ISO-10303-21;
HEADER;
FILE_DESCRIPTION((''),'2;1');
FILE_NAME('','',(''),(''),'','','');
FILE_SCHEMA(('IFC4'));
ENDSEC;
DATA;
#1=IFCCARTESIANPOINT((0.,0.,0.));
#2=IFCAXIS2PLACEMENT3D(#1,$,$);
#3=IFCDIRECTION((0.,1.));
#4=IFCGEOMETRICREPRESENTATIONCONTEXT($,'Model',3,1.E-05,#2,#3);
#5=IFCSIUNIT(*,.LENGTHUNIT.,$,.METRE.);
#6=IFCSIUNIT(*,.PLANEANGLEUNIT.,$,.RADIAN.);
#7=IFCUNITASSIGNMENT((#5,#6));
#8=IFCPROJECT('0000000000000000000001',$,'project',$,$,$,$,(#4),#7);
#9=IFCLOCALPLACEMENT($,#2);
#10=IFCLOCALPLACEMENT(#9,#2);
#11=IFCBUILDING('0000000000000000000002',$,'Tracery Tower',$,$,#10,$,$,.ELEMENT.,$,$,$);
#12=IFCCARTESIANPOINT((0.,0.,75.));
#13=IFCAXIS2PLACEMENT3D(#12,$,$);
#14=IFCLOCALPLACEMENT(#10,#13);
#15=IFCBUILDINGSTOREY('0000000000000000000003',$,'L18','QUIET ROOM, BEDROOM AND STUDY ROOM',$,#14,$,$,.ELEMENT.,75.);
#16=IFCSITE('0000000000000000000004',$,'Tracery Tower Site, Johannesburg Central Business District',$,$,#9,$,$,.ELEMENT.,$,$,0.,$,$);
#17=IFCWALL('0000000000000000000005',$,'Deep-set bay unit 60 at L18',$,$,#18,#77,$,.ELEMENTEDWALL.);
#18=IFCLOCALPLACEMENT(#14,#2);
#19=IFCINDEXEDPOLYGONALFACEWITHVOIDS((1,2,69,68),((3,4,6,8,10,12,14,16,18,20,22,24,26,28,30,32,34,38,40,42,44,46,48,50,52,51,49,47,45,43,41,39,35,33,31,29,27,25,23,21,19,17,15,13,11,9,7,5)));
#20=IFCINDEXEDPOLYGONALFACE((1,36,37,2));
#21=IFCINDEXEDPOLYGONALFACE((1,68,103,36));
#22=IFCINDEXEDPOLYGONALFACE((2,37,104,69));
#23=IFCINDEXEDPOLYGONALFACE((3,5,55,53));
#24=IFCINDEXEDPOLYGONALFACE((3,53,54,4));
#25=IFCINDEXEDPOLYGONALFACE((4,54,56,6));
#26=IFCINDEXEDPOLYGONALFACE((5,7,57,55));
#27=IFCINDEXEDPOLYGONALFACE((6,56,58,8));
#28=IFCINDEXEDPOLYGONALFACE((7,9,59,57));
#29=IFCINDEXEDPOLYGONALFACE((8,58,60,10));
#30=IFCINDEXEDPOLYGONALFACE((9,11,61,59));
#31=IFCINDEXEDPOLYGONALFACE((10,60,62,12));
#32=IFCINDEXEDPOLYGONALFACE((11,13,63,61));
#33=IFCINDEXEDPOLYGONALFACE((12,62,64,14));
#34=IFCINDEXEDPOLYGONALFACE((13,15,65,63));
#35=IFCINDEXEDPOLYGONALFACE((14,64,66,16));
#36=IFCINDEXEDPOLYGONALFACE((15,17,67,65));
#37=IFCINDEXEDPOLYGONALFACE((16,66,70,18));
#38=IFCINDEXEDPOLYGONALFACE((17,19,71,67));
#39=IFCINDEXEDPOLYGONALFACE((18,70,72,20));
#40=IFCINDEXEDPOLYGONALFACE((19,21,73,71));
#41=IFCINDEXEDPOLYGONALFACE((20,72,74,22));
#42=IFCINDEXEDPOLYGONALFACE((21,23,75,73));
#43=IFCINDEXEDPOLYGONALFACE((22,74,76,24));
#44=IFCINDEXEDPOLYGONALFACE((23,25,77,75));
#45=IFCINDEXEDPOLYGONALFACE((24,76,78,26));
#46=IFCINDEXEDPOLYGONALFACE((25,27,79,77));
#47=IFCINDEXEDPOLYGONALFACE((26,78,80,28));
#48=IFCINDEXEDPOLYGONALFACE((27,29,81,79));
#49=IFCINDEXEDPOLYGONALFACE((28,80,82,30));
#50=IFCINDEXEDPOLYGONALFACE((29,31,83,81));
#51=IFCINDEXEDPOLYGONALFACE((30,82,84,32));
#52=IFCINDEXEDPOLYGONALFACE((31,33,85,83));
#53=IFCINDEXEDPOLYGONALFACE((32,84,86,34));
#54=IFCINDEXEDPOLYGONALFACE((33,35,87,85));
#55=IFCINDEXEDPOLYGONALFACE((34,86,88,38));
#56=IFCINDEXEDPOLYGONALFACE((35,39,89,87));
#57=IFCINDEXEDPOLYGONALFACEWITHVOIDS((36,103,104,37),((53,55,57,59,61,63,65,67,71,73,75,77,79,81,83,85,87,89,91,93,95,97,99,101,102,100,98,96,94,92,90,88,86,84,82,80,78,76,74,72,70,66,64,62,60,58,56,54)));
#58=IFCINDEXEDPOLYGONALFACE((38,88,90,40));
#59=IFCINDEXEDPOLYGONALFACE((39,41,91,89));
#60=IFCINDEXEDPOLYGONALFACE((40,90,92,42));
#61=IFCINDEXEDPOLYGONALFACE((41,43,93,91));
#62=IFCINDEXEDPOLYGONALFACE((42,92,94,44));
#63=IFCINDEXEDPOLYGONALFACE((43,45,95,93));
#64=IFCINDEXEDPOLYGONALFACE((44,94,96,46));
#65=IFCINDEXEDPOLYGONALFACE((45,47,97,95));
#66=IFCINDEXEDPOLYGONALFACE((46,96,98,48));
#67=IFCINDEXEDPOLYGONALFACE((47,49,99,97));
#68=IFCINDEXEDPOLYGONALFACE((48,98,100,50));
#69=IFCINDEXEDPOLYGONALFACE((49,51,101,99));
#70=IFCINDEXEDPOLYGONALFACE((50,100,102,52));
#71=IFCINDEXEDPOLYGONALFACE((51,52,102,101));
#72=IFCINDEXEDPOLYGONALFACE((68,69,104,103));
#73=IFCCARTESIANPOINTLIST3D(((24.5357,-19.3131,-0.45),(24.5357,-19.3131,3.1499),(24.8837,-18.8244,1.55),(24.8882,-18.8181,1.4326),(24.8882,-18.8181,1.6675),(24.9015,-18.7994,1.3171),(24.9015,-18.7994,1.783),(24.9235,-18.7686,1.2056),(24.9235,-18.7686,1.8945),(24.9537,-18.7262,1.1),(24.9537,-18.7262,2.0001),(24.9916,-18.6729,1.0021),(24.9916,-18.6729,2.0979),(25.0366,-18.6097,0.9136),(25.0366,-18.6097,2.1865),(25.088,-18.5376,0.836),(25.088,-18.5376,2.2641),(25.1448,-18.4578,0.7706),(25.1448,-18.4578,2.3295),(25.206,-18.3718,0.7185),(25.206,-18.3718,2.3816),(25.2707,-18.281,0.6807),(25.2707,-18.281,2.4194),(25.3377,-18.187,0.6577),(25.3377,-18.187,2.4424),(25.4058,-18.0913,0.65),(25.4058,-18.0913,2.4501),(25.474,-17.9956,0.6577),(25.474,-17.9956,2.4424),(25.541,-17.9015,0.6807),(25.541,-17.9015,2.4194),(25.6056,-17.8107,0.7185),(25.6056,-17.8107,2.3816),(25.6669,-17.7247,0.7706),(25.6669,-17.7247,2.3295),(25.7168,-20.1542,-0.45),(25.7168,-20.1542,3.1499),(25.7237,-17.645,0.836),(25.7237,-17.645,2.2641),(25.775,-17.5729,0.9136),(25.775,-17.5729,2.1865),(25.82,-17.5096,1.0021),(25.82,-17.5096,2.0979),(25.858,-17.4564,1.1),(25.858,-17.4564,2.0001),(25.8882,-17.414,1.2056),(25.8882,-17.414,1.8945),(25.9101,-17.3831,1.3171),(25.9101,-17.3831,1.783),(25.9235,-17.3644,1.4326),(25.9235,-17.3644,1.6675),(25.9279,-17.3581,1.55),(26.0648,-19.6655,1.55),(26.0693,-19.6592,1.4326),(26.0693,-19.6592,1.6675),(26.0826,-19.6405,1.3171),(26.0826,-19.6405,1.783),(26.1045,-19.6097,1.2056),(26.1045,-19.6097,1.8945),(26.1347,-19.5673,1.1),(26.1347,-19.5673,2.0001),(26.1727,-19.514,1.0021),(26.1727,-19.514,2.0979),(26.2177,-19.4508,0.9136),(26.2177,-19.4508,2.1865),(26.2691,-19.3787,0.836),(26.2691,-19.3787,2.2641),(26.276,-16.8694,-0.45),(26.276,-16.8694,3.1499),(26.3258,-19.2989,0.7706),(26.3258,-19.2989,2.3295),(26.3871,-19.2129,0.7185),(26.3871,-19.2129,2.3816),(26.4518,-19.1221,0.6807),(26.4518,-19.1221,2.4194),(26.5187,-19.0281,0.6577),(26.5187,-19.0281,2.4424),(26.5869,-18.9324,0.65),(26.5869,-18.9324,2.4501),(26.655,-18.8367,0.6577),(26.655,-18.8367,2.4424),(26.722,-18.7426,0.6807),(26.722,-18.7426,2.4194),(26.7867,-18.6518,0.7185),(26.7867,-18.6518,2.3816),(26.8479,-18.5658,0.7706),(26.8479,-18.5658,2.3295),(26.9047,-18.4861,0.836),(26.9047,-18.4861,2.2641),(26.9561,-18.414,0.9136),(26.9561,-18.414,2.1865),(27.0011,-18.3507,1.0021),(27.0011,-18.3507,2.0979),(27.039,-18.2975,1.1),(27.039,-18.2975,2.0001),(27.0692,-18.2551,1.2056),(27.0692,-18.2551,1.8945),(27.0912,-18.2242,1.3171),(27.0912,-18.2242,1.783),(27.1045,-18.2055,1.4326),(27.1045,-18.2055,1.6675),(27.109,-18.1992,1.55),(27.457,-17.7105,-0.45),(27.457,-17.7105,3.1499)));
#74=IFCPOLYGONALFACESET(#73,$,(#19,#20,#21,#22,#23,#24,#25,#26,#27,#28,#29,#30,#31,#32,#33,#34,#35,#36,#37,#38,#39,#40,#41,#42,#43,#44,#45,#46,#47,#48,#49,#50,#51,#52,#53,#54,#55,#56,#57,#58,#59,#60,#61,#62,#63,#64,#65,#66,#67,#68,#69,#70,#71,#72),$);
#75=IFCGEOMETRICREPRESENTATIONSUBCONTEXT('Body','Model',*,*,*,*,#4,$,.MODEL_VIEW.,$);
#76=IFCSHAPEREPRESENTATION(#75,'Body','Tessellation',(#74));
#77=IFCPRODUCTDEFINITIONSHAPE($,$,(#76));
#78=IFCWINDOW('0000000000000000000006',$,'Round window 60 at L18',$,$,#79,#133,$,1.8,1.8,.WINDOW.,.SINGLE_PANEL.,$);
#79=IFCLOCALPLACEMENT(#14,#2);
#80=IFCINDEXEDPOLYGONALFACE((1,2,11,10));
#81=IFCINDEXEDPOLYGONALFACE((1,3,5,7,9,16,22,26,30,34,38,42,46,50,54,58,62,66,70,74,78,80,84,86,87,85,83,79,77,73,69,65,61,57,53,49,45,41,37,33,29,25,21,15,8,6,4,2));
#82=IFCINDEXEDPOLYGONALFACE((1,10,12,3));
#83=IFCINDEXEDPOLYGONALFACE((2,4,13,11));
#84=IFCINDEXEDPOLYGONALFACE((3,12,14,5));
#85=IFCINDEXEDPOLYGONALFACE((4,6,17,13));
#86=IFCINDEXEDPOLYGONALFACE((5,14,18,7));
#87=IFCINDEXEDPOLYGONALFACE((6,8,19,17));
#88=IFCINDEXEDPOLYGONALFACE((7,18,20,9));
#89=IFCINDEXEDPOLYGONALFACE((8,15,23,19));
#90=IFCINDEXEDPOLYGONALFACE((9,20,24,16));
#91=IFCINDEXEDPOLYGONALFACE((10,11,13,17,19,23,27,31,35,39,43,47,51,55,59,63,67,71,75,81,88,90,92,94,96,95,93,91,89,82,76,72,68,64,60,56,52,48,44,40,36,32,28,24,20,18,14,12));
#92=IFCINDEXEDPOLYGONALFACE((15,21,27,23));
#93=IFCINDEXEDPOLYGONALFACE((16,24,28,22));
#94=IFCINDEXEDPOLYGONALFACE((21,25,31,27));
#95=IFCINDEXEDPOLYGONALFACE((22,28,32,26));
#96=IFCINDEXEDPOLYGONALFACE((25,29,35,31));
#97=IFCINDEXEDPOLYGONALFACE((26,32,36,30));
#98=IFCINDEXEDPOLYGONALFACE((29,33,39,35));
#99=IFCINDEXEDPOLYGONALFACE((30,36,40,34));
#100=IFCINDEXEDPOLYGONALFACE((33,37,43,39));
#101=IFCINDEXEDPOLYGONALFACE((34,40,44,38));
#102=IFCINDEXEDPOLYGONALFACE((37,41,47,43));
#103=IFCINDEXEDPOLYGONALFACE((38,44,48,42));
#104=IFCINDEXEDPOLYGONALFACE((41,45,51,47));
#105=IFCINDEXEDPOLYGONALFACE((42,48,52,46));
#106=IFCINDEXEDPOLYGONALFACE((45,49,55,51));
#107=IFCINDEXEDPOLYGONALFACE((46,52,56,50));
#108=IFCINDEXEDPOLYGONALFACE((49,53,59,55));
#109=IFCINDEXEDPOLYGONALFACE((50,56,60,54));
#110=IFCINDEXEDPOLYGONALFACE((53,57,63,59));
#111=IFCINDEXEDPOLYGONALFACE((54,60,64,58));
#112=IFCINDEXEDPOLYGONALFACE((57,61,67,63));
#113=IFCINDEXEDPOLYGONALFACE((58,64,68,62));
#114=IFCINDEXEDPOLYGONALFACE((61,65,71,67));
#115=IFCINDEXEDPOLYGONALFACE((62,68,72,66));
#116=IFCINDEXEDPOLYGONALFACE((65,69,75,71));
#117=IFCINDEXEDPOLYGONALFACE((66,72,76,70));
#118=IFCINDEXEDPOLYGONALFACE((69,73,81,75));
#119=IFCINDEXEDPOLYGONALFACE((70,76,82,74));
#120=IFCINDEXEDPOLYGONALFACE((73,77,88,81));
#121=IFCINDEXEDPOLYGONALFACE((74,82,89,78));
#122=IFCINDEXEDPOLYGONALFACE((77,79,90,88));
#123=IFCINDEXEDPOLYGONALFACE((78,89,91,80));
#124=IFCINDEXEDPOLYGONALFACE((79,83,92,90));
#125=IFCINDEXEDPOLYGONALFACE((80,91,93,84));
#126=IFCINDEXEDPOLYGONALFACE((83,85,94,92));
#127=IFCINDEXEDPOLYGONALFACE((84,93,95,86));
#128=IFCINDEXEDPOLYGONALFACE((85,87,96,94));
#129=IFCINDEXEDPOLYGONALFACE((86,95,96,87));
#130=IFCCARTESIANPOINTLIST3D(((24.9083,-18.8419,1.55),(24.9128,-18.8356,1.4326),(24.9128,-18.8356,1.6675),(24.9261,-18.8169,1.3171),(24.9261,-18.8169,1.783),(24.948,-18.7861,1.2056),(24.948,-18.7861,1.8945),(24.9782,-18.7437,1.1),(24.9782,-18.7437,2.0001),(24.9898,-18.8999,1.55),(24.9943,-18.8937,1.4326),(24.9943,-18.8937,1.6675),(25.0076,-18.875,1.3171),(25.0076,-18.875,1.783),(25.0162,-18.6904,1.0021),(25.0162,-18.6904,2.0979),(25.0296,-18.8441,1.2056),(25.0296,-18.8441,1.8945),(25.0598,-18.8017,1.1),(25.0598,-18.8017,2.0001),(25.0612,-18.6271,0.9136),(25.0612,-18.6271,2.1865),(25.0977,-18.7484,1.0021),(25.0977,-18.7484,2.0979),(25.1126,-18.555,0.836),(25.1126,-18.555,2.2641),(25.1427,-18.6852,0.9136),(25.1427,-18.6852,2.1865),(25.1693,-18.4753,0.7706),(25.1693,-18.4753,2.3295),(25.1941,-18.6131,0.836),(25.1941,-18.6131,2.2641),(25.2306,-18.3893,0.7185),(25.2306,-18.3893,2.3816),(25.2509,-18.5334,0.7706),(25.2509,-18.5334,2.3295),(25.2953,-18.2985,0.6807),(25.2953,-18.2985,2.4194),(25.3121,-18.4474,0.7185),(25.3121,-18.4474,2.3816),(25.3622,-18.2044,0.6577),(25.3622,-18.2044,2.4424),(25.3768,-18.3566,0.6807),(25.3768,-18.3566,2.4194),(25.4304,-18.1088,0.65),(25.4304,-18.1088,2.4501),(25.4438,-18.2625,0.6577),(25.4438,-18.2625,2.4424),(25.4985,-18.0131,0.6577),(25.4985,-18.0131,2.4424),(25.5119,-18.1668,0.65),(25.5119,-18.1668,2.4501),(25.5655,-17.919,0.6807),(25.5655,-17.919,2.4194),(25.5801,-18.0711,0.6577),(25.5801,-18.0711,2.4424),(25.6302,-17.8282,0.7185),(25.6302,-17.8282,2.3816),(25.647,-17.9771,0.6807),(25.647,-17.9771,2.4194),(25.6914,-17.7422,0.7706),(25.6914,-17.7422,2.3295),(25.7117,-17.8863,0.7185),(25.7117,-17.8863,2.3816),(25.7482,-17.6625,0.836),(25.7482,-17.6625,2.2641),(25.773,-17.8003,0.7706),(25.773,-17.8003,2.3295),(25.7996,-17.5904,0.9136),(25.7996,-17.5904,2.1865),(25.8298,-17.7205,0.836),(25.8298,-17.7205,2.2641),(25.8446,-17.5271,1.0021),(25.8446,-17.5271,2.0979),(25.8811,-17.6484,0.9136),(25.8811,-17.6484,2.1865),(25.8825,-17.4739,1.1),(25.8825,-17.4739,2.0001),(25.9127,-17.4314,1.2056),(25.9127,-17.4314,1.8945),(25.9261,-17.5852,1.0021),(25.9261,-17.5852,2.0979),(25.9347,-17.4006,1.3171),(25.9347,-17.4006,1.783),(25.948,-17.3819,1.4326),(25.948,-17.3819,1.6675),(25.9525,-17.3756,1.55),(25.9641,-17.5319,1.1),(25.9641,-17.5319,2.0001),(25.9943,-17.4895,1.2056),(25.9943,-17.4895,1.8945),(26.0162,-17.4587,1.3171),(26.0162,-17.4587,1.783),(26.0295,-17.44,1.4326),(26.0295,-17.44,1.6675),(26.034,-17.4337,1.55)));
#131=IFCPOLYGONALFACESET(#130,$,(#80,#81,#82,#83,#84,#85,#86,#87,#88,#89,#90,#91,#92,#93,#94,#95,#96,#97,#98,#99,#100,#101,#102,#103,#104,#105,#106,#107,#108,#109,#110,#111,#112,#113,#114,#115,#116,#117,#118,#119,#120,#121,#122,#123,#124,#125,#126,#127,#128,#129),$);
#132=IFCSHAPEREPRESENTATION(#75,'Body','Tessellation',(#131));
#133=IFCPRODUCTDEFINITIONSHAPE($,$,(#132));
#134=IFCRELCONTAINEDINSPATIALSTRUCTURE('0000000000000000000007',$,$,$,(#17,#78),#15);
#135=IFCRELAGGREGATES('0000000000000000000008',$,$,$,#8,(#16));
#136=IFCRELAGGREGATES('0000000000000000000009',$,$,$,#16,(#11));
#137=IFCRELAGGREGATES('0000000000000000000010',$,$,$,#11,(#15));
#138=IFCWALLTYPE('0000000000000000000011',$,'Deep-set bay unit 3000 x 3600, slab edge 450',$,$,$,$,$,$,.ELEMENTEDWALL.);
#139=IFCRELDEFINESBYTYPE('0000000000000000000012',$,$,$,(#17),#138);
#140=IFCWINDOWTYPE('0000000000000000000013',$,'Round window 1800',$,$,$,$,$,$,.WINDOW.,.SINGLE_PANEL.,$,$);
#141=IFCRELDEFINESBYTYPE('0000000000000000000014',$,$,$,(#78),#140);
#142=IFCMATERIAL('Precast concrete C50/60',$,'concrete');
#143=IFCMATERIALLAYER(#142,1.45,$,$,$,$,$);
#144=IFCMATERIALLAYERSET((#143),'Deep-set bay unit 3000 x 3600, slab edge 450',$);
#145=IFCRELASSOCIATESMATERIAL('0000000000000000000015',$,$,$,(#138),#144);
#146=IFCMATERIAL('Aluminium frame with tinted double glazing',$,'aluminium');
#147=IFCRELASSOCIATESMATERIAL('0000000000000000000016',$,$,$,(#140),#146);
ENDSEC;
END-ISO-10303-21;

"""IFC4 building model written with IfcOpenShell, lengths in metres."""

from ifc_helpers import new_model, si_unit, direction, frame, frame_2d, origin, origin_2d, place, context, subcontext, project, spatial, rectangle, circle, extrude, material, layer, layer_set, type_object, element, fill, save


model = new_model("IFC4")

# Units and contexts
model_context = context("Model", 3, precision=1e-05, world=origin(), true_north=direction((0.0, 1.0)))
body_context = subcontext(model_context, "Body", "Model", "MODEL_VIEW")
ifc_project = project(units=[si_unit("LENGTHUNIT", "METRE"), si_unit("PLANEANGLEUNIT", "RADIAN")], contexts=[model_context])

# Site, building, storey
site_placement = place(None, origin())
site = spatial("IfcSite", under=ifc_project, at=site_placement, Name="Tracery Tower Site, Johannesburg Central Business District", CompositionType="ELEMENT", RefElevation=0.0)
building_placement = place(site_placement, origin())
building = spatial("IfcBuilding", under=site, at=building_placement, Name="Tracery Tower", CompositionType="ELEMENT")
storey_placement = place(building_placement, frame((0.0, 0.0, 75.0)))
storey = spatial("IfcBuildingStorey", under=building, at=storey_placement, Name="L18", Description="QUIET ROOM, BEDROOM AND STUDY ROOM", CompositionType="ELEMENT", Elevation=75.0)

# Wall, opening, window
ifc_material_1 = material(Name="Precast concrete C50/60", Category="concrete")
ifc_layer_1 = layer(ifc_material_1, 1.45)
ifc_layer_set_1 = layer_set([ifc_layer_1], Name="Deep-set bay unit 3000 x 3600, slab edge 450")
wall_type_1 = type_object("IfcWallType", Name="Deep-set bay unit 3000 x 3600, slab edge 450", PredefinedType="ELEMENTEDWALL", material=ifc_layer_set_1)
ifc_material_2 = material(Name="Aluminium frame with tinted double glazing", Category="aluminium")
window_type = type_object("IfcWindowType", Name="Round window 1800", PartitioningType="SINGLE_PANEL", PredefinedType="WINDOW", material=ifc_material_2)
wall_1_placement = place(storey_placement, frame((25.1262, -19.7336, -0.45), z_axis=(0.0, 0.0, 1.0), x_axis=(0.580091, 0.814552, 0.0)))
wall_1 = element("IfcWall", 1, at=wall_1_placement, inside=storey, type_object=wall_type_1, Name="Deep-set bay unit 60 at L18", PredefinedType="ELEMENTEDWALL", context=body_context, shape_type="SweptSolid", body=[
    extrude(rectangle(XDim=3.0, YDim=1.45, at=frame_2d((1.5, 0.0))), origin(), (0.0, 0.0, 1.0), 3.5999),
])
opening_1_placement = place(wall_1_placement, frame((1.5, 0.0, 2.0)))
opening_1 = element("IfcOpeningElement", 2, at=opening_1_placement, cuts=wall_1, PredefinedType="OPENING", context=body_context, shape_type="SweptSolid", body=[
    extrude(circle(Radius=0.9, at=origin_2d()), frame((0.0, 0.7349, 0.0), z_axis=(0.0, -1.0, 0.0), x_axis=(1.0, 0.0, 0.0)), (0.0, 0.0, 1.0), 1.47),
])
window_1_placement = place(opening_1_placement, origin())
window_1 = element("IfcWindow", 3, at=window_1_placement, inside=storey, type_object=window_type, Name="Round window 60 at L18", OverallHeight=1.8, OverallWidth=1.8, PartitioningType="SINGLE_PANEL", PredefinedType="WINDOW", context=body_context, shape_type="SweptSolid", body=[
    extrude(circle(Radius=0.9, at=origin_2d()), frame((0.0, 0.6948, 0.0), z_axis=(0.0, -1.0, 0.0), x_axis=(1.0, 0.0, 0.0)), (0.0, 0.0, 1.0), 0.1001),
])
fill(opening_1, window_1)

save(model, "model.ifc")
